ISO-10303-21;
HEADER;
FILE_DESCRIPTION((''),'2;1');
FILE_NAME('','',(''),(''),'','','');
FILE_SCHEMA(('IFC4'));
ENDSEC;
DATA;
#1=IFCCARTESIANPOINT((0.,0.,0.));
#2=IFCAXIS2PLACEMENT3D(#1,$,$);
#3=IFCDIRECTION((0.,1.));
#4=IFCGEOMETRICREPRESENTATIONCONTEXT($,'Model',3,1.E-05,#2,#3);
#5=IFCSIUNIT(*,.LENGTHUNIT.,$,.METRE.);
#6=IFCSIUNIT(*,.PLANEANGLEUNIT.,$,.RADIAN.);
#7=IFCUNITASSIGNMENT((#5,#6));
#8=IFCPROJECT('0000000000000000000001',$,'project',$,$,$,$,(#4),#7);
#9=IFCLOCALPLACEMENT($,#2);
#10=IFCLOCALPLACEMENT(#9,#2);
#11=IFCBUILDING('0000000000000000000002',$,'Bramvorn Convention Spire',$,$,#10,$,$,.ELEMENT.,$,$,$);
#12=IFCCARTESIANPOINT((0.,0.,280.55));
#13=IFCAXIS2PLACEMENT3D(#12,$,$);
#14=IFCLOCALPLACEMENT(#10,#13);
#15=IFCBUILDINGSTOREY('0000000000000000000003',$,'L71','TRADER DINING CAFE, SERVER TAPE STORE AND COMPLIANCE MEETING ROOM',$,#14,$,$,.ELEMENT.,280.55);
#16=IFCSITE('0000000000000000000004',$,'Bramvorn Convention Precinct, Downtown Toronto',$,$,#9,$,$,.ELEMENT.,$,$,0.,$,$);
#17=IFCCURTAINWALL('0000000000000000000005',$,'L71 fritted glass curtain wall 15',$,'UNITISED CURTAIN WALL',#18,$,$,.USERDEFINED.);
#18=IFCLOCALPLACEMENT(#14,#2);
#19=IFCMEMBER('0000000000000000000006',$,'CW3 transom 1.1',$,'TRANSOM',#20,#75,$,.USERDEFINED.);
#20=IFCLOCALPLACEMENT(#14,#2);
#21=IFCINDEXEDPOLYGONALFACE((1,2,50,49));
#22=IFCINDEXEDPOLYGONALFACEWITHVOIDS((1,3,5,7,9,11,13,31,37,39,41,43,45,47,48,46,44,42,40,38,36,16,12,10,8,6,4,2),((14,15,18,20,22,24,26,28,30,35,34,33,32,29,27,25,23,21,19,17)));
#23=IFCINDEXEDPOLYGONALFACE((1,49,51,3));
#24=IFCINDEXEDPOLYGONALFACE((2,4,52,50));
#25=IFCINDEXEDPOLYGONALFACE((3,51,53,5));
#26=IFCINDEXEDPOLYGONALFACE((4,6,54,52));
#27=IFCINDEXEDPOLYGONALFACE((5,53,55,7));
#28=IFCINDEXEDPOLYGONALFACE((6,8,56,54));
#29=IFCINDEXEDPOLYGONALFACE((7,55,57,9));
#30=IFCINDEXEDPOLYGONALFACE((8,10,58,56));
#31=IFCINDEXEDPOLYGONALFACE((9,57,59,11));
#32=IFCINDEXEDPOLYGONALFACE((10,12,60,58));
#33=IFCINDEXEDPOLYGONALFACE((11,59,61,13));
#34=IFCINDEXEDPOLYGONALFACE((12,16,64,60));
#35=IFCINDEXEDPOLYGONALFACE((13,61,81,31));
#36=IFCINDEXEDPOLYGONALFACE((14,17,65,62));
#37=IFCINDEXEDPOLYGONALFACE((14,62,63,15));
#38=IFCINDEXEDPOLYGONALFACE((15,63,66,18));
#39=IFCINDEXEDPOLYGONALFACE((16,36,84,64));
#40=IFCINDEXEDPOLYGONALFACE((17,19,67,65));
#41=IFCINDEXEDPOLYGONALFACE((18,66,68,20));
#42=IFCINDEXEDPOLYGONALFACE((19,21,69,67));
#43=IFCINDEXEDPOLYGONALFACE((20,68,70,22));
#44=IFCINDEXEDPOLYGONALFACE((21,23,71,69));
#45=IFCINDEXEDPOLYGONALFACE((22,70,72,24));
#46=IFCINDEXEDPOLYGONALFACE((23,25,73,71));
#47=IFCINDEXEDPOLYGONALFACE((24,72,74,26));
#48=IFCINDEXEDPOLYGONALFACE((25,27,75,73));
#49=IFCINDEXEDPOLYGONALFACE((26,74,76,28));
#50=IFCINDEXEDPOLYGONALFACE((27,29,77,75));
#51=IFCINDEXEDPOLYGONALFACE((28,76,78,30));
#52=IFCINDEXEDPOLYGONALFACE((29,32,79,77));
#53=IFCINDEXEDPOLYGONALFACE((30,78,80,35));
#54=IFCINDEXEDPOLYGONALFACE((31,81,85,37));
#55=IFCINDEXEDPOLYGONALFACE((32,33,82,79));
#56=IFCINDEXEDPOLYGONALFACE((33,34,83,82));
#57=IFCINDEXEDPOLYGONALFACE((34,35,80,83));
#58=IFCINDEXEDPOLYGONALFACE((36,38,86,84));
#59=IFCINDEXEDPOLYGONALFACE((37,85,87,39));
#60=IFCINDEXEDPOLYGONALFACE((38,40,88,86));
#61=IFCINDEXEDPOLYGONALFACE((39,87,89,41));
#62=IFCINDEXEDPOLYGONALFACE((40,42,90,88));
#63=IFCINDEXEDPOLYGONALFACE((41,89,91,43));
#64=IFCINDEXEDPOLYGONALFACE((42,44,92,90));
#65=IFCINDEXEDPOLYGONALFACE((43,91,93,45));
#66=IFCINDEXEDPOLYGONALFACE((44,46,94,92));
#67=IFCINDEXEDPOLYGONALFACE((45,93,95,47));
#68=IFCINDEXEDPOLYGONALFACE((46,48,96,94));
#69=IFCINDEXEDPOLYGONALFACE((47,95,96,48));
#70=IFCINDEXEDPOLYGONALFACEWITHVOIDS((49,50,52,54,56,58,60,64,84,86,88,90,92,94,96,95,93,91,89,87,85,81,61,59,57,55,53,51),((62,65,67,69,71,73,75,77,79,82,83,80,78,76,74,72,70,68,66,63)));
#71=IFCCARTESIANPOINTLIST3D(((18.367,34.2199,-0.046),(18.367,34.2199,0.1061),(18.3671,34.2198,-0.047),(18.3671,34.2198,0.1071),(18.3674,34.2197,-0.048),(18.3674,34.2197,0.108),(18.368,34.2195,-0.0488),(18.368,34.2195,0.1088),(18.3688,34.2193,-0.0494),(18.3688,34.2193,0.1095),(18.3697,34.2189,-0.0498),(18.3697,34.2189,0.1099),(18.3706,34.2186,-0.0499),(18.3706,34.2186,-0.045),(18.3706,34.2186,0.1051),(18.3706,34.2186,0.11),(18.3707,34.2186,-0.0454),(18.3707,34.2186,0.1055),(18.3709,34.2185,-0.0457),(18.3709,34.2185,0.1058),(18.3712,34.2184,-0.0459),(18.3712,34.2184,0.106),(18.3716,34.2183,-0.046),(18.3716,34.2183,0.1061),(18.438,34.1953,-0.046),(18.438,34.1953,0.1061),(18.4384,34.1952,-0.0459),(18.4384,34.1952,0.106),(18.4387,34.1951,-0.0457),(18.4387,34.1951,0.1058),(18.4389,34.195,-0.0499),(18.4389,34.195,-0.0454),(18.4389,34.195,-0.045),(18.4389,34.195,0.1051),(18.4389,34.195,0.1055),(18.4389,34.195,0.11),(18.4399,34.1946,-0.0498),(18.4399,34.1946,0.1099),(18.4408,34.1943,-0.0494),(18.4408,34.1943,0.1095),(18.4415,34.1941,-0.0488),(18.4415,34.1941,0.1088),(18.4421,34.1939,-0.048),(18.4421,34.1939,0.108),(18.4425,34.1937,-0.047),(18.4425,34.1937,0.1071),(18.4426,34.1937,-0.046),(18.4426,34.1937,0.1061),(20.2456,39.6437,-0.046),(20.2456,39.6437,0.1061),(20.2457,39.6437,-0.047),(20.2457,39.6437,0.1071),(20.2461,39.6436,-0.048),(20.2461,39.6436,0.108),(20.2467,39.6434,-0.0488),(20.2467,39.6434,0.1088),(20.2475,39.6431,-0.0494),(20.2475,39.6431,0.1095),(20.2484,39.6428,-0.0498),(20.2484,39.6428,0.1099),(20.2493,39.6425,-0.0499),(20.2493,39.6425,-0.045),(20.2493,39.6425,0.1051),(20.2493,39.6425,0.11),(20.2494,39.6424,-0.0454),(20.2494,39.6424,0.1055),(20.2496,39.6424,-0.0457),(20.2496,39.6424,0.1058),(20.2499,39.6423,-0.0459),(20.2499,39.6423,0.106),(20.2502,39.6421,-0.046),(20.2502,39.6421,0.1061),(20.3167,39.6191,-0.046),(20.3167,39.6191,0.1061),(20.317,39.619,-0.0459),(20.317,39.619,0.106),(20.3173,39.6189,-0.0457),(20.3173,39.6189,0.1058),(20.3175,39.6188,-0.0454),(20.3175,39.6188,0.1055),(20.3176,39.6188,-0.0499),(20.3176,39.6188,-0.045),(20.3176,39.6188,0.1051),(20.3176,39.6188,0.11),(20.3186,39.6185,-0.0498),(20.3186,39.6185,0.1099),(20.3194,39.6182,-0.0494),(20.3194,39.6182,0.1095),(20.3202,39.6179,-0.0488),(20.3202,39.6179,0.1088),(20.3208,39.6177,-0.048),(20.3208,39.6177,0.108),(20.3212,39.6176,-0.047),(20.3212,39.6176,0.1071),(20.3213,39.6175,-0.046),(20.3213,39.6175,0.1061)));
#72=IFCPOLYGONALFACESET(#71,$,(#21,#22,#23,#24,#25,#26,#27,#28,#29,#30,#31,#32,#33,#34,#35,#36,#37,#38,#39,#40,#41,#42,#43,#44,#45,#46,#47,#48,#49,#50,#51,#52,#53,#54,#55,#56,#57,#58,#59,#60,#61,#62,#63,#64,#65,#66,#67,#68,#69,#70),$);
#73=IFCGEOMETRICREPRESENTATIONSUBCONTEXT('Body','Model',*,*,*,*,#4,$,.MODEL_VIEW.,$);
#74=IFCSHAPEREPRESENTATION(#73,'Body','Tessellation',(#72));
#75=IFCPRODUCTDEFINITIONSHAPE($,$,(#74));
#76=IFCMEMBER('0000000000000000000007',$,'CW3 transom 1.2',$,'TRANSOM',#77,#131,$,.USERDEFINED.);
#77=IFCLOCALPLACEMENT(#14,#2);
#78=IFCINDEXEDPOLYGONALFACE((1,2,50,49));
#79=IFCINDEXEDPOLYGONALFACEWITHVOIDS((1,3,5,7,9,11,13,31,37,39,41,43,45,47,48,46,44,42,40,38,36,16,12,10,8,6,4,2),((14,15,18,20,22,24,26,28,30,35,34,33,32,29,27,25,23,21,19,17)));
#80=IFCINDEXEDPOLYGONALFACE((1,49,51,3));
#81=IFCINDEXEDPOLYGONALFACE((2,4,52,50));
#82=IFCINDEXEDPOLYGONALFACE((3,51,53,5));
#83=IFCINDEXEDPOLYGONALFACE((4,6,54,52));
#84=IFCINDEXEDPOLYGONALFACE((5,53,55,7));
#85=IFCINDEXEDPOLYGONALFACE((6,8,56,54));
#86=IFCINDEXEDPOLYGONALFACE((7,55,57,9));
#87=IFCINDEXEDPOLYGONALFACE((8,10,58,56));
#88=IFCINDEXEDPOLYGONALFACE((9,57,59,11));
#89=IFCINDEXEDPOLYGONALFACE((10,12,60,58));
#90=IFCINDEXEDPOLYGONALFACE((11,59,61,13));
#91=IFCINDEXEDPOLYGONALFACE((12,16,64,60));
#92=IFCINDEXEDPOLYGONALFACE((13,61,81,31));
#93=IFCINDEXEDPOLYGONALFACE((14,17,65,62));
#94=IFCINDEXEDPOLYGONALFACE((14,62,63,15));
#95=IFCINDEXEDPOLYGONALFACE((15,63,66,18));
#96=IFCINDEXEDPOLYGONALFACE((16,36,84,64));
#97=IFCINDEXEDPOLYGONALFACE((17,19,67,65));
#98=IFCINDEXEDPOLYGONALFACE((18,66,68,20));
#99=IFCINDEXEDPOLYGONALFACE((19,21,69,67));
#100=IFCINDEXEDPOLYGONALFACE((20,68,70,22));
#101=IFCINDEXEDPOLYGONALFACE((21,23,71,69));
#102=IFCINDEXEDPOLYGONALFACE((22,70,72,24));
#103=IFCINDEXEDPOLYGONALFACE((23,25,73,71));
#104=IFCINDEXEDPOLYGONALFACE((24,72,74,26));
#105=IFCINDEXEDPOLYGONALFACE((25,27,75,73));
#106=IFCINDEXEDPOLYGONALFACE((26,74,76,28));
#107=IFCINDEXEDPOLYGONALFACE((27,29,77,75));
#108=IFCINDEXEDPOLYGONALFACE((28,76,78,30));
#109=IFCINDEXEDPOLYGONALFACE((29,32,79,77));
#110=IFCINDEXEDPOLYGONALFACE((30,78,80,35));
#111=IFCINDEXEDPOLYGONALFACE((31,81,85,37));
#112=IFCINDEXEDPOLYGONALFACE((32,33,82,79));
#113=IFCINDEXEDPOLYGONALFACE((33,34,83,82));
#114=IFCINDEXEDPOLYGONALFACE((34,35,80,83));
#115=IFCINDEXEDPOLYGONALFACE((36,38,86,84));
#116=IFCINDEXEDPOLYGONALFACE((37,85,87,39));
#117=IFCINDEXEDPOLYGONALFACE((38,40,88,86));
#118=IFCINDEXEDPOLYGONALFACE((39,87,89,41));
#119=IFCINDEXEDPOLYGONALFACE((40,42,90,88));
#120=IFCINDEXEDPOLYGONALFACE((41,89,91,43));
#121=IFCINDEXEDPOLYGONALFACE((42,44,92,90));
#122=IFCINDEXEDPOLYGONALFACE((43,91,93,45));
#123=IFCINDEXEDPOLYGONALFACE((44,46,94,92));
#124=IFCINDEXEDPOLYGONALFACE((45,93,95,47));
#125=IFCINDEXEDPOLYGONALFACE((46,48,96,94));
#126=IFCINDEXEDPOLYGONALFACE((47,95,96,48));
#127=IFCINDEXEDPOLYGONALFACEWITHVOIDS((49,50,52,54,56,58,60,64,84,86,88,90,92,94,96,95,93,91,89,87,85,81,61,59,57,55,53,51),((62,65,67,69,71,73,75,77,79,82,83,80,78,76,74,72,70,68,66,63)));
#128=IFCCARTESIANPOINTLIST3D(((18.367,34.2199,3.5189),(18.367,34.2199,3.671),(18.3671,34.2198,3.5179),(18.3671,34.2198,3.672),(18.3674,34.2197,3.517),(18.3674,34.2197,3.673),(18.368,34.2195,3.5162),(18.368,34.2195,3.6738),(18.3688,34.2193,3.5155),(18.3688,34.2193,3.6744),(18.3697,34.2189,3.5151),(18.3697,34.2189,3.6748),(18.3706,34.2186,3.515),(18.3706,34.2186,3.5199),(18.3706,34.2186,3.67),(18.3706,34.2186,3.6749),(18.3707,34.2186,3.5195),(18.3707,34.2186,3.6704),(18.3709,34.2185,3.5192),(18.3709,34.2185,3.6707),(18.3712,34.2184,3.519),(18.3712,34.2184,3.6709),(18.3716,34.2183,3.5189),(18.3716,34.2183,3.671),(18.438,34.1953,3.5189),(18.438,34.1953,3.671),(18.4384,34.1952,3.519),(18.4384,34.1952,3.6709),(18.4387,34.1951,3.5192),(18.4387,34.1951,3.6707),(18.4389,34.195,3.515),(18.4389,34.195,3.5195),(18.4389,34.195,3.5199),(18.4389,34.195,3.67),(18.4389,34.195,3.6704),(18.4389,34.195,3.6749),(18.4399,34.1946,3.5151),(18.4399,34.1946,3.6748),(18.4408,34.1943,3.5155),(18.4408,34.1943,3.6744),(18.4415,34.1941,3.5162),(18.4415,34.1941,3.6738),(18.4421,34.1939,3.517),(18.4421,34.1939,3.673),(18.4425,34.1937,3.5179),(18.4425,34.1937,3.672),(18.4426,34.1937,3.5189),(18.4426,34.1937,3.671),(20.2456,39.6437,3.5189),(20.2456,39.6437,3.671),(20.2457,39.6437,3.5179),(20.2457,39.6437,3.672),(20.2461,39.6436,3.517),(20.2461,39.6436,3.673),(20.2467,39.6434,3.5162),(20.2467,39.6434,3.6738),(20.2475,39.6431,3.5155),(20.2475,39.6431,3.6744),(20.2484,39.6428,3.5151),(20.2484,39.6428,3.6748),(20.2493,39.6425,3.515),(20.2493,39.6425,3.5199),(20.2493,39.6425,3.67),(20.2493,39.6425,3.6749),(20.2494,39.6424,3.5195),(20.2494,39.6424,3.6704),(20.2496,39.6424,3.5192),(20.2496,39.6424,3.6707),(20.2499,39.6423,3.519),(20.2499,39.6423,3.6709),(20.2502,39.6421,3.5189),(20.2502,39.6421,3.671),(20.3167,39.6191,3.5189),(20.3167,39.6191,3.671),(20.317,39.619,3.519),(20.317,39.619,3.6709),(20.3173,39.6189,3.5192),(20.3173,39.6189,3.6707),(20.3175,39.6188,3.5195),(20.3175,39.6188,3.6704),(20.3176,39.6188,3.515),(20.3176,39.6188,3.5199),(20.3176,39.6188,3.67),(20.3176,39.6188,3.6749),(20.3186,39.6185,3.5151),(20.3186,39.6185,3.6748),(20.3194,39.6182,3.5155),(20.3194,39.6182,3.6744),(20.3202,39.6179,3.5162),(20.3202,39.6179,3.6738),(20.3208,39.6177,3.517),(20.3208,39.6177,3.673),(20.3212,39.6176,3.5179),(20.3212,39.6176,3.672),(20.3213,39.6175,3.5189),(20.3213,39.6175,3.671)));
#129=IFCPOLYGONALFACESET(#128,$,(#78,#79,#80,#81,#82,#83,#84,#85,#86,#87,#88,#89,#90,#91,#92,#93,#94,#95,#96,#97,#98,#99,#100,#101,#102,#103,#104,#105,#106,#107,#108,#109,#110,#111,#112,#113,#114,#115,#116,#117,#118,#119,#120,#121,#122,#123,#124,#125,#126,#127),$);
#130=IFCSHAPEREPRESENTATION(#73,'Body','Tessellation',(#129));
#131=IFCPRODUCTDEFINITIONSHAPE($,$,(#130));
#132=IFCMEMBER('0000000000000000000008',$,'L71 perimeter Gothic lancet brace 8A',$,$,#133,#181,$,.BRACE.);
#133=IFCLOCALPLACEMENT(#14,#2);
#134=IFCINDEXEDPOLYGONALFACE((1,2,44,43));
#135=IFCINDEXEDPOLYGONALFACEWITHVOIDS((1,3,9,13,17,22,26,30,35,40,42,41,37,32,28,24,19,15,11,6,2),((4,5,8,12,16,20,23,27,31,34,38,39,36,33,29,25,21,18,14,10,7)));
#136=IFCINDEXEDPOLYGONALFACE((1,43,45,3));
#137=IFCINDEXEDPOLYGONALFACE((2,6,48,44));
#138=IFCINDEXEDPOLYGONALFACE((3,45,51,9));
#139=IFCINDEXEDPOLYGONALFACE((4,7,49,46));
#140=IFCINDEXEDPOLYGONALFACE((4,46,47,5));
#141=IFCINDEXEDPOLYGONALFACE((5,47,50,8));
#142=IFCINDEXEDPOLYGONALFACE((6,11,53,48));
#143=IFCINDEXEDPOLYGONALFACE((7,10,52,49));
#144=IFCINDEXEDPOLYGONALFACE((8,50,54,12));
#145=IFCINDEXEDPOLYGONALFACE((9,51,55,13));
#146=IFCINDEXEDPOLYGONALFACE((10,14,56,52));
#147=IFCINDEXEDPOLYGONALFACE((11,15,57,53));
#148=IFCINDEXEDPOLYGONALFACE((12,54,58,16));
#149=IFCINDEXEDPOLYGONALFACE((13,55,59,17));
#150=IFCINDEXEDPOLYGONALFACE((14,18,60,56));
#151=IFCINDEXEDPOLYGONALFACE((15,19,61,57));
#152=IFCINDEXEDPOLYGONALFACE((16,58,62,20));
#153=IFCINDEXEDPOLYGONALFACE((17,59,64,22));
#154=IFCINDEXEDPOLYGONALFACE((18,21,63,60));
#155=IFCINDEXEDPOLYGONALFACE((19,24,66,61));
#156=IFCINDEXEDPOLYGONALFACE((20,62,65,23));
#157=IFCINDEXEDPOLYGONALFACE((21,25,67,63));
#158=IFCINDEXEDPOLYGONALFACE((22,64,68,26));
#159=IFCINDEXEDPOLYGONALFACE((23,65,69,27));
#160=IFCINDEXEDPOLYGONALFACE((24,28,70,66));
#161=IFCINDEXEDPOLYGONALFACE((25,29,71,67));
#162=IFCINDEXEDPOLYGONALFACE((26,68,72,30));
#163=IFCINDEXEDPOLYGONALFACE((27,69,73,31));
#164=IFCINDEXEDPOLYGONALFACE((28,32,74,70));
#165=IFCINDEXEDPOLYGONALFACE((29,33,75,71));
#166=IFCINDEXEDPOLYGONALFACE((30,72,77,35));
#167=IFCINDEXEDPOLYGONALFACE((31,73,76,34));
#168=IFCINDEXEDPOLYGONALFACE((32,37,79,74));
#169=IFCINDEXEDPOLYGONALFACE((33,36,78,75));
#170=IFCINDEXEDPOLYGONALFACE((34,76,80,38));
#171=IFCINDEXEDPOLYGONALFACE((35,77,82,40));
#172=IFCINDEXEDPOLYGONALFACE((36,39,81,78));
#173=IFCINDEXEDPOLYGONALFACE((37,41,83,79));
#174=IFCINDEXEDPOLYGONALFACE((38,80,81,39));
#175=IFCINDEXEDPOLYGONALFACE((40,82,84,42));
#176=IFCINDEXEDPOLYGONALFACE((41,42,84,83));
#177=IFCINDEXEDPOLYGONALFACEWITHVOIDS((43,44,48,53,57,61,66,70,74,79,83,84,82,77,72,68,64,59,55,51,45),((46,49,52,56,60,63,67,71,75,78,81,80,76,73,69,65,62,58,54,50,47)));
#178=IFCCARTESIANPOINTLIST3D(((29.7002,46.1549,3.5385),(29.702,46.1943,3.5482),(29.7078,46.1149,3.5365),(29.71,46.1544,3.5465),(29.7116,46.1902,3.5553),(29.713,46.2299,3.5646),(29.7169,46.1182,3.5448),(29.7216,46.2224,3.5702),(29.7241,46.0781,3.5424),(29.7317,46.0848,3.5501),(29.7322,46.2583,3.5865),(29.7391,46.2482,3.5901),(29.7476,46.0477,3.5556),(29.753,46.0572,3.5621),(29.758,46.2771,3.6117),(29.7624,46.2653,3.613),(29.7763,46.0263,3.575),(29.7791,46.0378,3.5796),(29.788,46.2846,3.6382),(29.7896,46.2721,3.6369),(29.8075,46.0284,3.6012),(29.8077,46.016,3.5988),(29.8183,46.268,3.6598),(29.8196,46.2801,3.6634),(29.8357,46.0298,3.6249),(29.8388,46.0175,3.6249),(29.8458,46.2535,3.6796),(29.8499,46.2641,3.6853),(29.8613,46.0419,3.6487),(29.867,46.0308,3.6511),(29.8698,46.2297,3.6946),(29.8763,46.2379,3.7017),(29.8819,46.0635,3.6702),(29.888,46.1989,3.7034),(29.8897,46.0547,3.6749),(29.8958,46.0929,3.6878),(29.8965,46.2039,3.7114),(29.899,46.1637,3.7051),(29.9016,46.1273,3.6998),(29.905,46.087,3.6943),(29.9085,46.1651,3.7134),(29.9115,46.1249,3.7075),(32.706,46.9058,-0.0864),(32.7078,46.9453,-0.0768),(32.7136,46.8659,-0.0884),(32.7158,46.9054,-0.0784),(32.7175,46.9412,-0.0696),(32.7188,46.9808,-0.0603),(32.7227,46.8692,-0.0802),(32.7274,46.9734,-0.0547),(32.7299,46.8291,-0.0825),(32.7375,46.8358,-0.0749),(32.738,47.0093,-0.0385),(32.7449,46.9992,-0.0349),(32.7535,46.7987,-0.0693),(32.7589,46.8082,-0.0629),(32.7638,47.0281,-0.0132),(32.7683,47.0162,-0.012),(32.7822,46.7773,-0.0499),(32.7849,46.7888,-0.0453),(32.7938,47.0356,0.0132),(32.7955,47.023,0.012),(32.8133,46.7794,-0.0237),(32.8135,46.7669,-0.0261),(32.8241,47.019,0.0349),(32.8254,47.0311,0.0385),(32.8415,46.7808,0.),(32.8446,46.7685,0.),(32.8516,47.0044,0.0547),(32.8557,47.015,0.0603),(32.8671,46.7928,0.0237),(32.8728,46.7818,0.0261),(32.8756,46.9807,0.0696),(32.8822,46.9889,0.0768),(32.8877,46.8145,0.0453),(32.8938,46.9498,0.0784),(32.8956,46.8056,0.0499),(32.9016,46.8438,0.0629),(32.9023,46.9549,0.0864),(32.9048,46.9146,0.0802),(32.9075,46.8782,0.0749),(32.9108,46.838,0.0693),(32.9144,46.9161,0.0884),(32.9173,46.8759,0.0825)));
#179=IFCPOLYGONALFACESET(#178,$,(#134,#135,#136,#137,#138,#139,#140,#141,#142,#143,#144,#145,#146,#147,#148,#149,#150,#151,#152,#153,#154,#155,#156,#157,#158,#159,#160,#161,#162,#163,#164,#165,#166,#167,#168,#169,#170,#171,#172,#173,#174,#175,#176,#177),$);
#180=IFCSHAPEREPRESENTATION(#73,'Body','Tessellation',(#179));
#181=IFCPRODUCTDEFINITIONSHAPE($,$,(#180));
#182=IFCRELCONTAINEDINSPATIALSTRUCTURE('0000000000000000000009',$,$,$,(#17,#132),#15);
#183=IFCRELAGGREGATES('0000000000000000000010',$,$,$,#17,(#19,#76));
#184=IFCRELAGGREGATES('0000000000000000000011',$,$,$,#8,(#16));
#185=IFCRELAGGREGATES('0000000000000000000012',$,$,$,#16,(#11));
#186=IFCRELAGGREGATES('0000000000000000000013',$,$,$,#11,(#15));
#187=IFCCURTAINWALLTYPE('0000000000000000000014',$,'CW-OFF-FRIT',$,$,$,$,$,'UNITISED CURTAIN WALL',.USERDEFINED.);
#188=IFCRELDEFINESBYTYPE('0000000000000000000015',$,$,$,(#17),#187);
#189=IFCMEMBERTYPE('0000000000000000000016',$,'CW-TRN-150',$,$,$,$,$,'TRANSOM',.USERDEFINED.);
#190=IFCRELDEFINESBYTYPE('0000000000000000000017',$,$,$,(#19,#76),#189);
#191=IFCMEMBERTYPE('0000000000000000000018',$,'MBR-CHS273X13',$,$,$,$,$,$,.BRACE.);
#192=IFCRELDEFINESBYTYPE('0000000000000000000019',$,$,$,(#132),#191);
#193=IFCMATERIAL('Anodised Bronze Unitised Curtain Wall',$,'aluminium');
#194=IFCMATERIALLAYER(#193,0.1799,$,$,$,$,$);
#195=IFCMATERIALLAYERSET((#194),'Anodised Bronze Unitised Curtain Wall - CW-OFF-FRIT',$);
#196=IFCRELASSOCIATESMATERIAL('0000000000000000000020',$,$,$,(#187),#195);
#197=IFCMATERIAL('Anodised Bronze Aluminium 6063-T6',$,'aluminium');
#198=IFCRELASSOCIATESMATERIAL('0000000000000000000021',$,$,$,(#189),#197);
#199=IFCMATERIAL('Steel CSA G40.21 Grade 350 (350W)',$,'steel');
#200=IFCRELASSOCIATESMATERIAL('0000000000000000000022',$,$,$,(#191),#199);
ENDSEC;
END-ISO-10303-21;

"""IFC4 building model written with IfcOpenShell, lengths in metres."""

from ifc_helpers import new_model, si_unit, direction, frame, origin, origin_2d, place, context, subcontext, project, spatial, hollow_rectangle, hollow_circle, extrude, material, layer, layer_set, material_profile, profile_set, type_object, element, aggregate, save


model = new_model("IFC4")

# Units and contexts
model_context = context("Model", 3, precision=1e-05, world=origin(), true_north=direction((0.0, 1.0)))
body_context = subcontext(model_context, "Body", "Model", "MODEL_VIEW")
ifc_project = project(units=[si_unit("LENGTHUNIT", "METRE"), si_unit("PLANEANGLEUNIT", "RADIAN")], contexts=[model_context])

# Site, building, storey
site_placement = place(None, origin())
site = spatial("IfcSite", under=ifc_project, at=site_placement, Name="Bramvorn Convention Precinct, Downtown Toronto", CompositionType="ELEMENT", RefElevation=0.0)
building_placement = place(site_placement, origin())
building = spatial("IfcBuilding", under=site, at=building_placement, Name="Bramvorn Convention Spire", CompositionType="ELEMENT")
storey_placement = place(building_placement, frame((0.0, 0.0, 280.55)))
storey = spatial("IfcBuildingStorey", under=building, at=storey_placement, Name="L71", Description="TRADER DINING CAFE, SERVER TAPE STORE AND COMPLIANCE MEETING ROOM", CompositionType="ELEMENT", Elevation=280.55)

# Shared definitions
ifc_material_1 = material(Name="Steel CSA G40.21 Grade 350 (350W)", Category="steel")

# Curtain wall, members
ifc_material_2 = material(Name="Anodised Bronze Unitised Curtain Wall", Category="aluminium")
ifc_layer_1 = layer(ifc_material_2, 0.1799)
ifc_layer_set_1 = layer_set([ifc_layer_1], Name="Anodised Bronze Unitised Curtain Wall - CW-OFF-FRIT")
curtain_wall_type = type_object("IfcCurtainWallType", Name="CW-OFF-FRIT", ElementType="UNITISED CURTAIN WALL", PredefinedType="USERDEFINED", material=ifc_layer_set_1)
curtain_wall_placement = place(storey_placement, origin())
curtain_wall = element("IfcCurtainWall", 1, at=curtain_wall_placement, inside=storey, type_object=curtain_wall_type, Name="L71 fritted glass curtain wall 15", ObjectType="UNITISED CURTAIN WALL", PredefinedType="USERDEFINED")
ifc_material_3 = material(Name="Anodised Bronze Aluminium 6063-T6", Category="aluminium")
ifc_material_profile_1 = material_profile(ifc_material_3, hollow_rectangle(XDim=0.0801, YDim=0.1599, WallThickness=0.0039, InnerFilletRadius=0.001, OuterFilletRadius=0.0039, at=origin_2d()))
ifc_profile_set_1 = profile_set([ifc_material_profile_1], Name="Anodised Bronze Aluminium 6063-T6 - CWT80X160")
member_type_1 = type_object("IfcMemberType", Name="CW-TRN-150", ElementType="TRANSOM", PredefinedType="USERDEFINED", material=ifc_profile_set_1)
member_1_placement = place(storey_placement, frame((18.4048, 34.2068, 0.03), z_axis=(0.327295, 0.944922, 0.0), x_axis=(-0.944922, 0.327295, 0.0)))
member_1 = element("IfcMember", 2, at=member_1_placement, type_object=member_type_1, Name="CW3 transom 1.1", ObjectType="TRANSOM", PredefinedType="USERDEFINED", context=body_context, shape_type="SweptSolid", body=[
    extrude(hollow_rectangle(XDim=0.0801, YDim=0.1599, WallThickness=0.0039, InnerFilletRadius=0.001, OuterFilletRadius=0.0039, at=origin_2d()), origin(), (0.0, 0.0, 1.0), 5.74),
])
member_2_placement = place(storey_placement, frame((18.4048, 34.2068, 3.595), z_axis=(0.327295, 0.944922, 0.0), x_axis=(-0.944922, 0.327295, 0.0)))
member_2 = element("IfcMember", 3, at=member_2_placement, type_object=member_type_1, Name="CW3 transom 1.2", ObjectType="TRANSOM", PredefinedType="USERDEFINED", context=body_context, shape_type="SweptSolid", body=[
    extrude(hollow_rectangle(XDim=0.0801, YDim=0.1599, WallThickness=0.0039, InnerFilletRadius=0.001, OuterFilletRadius=0.0039, at=origin_2d()), origin(), (0.0, 0.0, 1.0), 5.74),
])

# Member
ifc_material_profile_2 = material_profile(ifc_material_1, hollow_circle(Radius=0.1365, WallThickness=0.0127, at=origin_2d()))
ifc_profile_set_2 = profile_set([ifc_material_profile_2], Name="Steel CSA G40.21 Grade 350 (350W) - CHS273X13")
member_type_2 = type_object("IfcMemberType", Name="MBR-CHS273X13", PredefinedType="BRACE", material=ifc_profile_set_2)
for number, where, z_axis, x_axis, name in (
    (4, (32.8115, 46.9009, 0.0), (-0.630341, -0.157483, 0.760177), (0.242387, -0.97018, 0.0), "L71 perimeter Gothic lancet brace 8A"),
):
    element("IfcMember", number, at=place(storey_placement, frame(where, z_axis=z_axis, x_axis=x_axis)), inside=storey, type_object=member_type_2, Name=name, PredefinedType="BRACE", context=body_context, shape_type="SweptSolid", body=[
        extrude(hollow_circle(Radius=0.1365, WallThickness=0.0127, at=origin_2d()), origin(), (0.0, 0.0, 1.0), 4.7686),
    ])

aggregate(curtain_wall, [member_1, member_2])

save(model, "model.ifc")
